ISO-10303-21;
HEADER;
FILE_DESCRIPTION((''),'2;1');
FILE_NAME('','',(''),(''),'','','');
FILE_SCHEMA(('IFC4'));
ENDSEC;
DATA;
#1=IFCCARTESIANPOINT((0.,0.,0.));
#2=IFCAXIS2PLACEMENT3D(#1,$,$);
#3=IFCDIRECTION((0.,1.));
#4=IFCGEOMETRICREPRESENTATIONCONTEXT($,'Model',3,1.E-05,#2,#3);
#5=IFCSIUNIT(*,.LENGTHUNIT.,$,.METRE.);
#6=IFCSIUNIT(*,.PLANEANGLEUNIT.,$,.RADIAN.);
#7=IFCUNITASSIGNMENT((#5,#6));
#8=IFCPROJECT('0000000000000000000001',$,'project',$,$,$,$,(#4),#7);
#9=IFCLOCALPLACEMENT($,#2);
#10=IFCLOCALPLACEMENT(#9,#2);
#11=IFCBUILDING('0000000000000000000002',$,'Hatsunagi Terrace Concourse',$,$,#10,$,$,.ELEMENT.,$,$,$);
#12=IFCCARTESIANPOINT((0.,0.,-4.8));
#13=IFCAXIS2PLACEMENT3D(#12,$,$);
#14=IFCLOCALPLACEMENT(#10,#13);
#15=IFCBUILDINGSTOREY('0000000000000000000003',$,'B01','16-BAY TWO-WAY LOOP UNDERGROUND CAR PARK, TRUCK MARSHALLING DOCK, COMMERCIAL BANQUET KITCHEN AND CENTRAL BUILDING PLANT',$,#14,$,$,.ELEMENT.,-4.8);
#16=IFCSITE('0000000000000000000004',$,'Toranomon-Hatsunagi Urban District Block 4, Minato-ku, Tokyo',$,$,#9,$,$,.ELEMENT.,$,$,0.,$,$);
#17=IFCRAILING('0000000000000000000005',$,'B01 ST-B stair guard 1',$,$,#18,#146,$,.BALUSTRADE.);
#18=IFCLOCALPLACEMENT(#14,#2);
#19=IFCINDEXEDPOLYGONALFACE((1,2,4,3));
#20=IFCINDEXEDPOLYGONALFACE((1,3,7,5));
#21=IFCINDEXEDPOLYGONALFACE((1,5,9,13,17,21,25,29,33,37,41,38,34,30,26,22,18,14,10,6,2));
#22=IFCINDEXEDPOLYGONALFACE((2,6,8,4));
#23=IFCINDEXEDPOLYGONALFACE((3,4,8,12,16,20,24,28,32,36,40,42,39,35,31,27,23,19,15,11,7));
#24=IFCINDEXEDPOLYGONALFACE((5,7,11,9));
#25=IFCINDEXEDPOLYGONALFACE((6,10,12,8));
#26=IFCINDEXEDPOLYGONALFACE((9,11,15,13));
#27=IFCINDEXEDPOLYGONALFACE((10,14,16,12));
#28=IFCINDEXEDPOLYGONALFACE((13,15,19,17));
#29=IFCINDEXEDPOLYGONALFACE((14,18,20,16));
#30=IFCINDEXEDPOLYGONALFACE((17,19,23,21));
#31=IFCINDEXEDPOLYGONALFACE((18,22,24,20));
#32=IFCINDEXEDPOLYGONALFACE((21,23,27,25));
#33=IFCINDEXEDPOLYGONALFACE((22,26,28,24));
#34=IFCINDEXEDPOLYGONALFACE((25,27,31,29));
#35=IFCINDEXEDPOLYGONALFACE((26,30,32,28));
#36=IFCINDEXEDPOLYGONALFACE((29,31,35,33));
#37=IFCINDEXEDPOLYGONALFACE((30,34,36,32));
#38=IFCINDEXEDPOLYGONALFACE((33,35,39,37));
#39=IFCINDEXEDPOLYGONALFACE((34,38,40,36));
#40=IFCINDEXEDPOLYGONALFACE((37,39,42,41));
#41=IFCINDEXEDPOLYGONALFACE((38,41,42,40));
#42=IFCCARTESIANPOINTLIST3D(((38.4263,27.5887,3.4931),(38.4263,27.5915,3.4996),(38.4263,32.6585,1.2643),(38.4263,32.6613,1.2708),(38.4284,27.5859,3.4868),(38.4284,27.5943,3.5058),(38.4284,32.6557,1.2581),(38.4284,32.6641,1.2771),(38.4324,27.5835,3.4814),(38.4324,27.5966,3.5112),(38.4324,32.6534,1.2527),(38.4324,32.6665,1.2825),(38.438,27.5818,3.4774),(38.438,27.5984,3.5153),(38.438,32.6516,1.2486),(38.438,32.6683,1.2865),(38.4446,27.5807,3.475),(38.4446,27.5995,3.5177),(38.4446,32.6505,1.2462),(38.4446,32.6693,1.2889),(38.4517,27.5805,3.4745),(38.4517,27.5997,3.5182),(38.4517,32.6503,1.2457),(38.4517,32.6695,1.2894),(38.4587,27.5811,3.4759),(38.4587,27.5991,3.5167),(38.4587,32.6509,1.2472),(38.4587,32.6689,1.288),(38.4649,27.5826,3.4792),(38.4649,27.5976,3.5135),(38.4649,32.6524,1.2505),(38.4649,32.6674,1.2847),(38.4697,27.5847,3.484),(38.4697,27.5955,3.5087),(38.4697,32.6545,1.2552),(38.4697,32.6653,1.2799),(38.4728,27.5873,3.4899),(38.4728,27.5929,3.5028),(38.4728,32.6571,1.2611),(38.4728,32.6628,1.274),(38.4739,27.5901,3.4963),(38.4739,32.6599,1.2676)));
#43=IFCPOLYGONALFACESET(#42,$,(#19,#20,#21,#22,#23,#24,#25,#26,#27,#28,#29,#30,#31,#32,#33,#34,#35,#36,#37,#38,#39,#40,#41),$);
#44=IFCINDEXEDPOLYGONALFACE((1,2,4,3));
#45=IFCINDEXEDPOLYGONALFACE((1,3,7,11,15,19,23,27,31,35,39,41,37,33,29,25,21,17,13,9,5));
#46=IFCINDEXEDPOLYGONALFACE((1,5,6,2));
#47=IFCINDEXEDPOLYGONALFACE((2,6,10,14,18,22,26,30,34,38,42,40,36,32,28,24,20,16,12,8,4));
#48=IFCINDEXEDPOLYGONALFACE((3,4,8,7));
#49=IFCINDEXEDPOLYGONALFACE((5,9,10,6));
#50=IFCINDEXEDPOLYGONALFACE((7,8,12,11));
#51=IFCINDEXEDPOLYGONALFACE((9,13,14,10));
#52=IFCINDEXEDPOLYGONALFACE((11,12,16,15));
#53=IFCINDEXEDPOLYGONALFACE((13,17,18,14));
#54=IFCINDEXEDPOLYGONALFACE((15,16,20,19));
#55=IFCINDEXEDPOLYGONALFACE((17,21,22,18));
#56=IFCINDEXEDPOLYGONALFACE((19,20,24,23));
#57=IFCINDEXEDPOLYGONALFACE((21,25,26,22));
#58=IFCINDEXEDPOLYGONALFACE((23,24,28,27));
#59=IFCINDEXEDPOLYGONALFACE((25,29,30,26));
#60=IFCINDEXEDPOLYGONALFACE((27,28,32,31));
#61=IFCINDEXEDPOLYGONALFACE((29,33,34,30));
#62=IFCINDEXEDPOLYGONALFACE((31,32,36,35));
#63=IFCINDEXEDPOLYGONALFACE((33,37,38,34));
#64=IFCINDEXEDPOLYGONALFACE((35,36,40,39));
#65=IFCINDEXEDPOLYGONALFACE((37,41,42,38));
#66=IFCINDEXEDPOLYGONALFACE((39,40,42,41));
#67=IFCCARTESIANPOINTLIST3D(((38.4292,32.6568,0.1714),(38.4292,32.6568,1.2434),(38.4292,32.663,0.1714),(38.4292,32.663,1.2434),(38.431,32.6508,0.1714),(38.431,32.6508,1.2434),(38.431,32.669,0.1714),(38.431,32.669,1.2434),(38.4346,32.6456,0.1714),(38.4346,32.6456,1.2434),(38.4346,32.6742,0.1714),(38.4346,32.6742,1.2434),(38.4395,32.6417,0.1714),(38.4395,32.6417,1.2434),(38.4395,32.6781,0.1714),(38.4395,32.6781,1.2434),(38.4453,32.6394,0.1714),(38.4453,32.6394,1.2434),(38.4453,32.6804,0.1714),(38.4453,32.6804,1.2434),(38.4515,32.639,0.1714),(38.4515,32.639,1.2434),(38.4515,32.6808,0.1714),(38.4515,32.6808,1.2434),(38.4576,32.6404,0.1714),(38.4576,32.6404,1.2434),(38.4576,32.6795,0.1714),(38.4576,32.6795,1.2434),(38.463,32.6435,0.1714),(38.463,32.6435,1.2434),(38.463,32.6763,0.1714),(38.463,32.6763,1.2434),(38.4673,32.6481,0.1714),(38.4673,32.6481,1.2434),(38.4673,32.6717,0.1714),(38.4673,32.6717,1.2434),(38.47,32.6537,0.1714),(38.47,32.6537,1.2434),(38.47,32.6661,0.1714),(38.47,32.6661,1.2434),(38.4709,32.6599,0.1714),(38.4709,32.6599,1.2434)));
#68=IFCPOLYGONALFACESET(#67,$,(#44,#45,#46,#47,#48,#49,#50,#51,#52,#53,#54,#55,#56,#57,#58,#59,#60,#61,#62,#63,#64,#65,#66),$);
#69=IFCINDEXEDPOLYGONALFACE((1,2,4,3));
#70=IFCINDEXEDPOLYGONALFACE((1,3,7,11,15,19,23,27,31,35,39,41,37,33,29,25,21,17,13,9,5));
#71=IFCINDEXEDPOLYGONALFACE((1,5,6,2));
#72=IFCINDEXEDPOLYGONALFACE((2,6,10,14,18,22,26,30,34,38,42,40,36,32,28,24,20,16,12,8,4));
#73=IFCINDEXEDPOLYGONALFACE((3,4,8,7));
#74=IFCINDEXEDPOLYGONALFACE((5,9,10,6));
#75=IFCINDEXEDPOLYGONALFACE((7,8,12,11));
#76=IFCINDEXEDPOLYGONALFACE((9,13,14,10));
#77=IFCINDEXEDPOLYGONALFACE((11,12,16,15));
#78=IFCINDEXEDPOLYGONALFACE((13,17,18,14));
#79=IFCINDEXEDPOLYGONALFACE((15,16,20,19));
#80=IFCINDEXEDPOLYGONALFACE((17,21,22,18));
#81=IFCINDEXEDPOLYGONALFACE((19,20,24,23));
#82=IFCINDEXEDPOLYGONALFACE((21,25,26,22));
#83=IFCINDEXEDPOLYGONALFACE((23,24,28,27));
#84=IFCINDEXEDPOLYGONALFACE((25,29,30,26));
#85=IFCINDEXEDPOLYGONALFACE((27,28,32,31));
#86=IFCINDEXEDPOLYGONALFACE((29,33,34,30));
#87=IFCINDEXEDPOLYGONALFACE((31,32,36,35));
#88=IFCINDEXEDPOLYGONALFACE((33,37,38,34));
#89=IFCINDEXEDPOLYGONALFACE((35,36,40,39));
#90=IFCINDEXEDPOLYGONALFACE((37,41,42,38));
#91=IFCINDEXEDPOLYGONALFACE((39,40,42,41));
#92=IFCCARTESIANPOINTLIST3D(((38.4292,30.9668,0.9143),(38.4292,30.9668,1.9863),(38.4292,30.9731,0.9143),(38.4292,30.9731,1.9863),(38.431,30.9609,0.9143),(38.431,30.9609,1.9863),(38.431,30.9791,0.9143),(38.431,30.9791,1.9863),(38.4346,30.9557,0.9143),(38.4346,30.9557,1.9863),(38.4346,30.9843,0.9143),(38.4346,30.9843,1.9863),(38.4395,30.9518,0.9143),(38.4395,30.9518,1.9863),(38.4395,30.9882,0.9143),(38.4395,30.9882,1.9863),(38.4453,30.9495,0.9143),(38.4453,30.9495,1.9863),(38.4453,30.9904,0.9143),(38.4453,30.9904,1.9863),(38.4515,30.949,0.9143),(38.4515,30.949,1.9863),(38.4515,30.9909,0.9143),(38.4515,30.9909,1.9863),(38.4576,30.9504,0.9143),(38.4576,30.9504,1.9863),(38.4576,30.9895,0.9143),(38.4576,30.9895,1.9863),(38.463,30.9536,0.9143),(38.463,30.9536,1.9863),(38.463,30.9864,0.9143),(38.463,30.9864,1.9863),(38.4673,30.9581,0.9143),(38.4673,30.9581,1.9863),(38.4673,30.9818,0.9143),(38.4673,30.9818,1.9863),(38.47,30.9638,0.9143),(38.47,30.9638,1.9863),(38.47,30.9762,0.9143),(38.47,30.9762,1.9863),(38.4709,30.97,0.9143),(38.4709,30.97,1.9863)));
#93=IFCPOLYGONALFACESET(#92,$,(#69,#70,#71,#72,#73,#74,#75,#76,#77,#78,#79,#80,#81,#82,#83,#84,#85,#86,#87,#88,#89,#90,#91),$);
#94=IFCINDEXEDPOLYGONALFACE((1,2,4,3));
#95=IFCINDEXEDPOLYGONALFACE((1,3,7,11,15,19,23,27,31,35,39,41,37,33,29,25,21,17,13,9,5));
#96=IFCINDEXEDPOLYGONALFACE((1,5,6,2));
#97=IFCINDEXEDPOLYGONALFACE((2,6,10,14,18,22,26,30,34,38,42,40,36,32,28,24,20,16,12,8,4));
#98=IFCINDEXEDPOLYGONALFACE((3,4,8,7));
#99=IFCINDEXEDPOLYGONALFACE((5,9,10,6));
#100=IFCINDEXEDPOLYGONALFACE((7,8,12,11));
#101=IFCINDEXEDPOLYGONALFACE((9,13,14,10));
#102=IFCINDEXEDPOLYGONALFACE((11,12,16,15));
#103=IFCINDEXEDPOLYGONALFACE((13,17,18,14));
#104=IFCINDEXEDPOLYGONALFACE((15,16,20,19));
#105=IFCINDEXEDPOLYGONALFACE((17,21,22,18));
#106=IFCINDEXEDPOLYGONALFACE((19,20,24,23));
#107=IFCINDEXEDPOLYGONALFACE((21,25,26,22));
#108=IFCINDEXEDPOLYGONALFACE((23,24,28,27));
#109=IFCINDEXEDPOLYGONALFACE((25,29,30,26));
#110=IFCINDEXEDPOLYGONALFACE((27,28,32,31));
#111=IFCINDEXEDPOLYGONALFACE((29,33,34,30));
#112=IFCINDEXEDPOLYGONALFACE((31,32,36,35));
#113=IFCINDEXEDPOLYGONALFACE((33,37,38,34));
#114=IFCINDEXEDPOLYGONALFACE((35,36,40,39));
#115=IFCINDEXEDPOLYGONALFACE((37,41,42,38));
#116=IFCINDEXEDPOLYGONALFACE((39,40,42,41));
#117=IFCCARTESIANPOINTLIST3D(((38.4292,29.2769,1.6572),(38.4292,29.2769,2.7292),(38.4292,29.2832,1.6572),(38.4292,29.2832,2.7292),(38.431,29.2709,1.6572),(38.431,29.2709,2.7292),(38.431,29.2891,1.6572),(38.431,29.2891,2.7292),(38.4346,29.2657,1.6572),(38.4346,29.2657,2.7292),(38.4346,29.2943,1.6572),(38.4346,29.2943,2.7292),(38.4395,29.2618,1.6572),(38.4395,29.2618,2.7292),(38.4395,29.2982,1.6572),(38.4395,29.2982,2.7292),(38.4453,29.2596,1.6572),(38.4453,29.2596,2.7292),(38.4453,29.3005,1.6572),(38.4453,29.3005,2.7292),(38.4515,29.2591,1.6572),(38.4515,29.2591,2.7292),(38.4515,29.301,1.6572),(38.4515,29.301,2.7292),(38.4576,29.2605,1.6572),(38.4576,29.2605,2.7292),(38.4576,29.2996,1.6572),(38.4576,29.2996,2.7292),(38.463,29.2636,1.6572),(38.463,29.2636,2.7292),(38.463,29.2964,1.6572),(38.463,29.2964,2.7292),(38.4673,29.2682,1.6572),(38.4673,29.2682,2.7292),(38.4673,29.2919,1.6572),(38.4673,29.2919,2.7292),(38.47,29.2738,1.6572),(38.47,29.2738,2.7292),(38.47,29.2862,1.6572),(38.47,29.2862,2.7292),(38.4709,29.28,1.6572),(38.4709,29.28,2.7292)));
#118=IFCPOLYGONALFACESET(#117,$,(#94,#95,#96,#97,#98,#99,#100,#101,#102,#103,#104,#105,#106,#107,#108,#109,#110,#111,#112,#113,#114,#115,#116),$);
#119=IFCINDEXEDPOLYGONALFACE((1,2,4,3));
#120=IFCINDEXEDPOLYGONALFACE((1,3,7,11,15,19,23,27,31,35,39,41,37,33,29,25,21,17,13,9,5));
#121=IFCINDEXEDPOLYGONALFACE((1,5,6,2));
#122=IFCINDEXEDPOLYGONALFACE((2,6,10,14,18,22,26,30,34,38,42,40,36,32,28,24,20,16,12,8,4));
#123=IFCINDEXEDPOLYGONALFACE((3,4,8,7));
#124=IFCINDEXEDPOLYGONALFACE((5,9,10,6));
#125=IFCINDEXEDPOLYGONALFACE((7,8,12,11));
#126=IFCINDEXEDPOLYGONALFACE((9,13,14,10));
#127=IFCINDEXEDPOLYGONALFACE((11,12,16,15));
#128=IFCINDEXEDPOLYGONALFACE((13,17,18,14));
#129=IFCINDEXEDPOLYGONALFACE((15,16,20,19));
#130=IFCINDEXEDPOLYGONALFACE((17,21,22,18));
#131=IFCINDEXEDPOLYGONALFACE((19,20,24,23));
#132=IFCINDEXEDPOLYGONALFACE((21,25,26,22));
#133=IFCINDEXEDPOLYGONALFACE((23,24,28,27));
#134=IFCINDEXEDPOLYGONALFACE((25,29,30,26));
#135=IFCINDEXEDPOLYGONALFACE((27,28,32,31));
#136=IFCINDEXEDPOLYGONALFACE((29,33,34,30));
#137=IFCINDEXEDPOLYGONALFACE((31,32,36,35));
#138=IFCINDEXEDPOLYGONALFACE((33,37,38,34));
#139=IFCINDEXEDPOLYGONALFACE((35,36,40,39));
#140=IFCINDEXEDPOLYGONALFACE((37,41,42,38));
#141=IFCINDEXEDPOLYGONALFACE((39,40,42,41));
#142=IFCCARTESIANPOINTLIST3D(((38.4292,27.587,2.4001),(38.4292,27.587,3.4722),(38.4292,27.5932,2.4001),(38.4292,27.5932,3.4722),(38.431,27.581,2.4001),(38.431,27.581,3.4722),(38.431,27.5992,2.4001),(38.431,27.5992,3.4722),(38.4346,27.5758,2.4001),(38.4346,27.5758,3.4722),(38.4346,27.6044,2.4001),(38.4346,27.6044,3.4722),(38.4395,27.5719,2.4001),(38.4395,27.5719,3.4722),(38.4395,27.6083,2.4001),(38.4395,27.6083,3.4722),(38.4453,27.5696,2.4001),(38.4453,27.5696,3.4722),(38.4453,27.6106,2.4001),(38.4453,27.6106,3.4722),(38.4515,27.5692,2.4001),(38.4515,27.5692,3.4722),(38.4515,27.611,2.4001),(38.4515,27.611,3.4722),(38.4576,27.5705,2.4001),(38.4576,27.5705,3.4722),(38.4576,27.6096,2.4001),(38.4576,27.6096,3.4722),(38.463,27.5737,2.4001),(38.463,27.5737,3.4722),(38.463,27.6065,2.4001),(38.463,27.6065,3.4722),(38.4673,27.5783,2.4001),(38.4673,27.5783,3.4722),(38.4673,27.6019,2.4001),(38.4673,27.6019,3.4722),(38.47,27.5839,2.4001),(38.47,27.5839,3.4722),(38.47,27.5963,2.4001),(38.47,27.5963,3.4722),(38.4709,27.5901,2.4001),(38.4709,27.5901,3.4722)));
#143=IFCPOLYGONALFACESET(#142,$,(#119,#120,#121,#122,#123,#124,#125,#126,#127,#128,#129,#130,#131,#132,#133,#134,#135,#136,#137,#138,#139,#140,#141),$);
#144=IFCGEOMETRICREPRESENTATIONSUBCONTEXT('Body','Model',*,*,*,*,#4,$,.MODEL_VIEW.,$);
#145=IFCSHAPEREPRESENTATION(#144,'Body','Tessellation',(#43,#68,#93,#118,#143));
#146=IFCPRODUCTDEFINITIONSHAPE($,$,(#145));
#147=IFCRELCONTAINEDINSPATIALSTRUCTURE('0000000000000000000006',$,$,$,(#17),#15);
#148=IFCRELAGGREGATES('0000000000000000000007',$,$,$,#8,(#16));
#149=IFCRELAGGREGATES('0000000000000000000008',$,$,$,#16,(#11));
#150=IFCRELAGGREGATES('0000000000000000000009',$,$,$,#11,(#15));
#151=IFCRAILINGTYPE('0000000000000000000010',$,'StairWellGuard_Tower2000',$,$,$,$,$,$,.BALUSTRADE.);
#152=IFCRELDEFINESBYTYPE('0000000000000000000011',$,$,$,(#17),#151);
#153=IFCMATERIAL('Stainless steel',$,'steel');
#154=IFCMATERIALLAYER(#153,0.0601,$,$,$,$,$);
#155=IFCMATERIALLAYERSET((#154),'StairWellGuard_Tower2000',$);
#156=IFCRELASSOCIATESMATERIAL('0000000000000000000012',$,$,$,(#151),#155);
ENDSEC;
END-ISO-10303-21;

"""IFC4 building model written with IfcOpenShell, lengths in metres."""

from ifc_helpers import new_model, si_unit, direction, frame, origin, origin_2d, place, context, subcontext, project, spatial, circle, extrude, material, layer, layer_set, type_object, element, save


model = new_model("IFC4")

# Units and contexts
model_context = context("Model", 3, precision=1e-05, world=origin(), true_north=direction((0.0, 1.0)))
body_context = subcontext(model_context, "Body", "Model", "MODEL_VIEW")
ifc_project = project(units=[si_unit("LENGTHUNIT", "METRE"), si_unit("PLANEANGLEUNIT", "RADIAN")], contexts=[model_context])

# Site, building, storey
site_placement = place(None, origin())
site = spatial("IfcSite", under=ifc_project, at=site_placement, Name="Toranomon-Hatsunagi Urban District Block 4, Minato-ku, Tokyo", CompositionType="ELEMENT", RefElevation=0.0)
building_placement = place(site_placement, origin())
building = spatial("IfcBuilding", under=site, at=building_placement, Name="Hatsunagi Terrace Concourse", CompositionType="ELEMENT")
storey_placement = place(building_placement, frame((0.0, 0.0, -4.8)))
storey = spatial("IfcBuildingStorey", under=building, at=storey_placement, Name="B01", Description="16-BAY TWO-WAY LOOP UNDERGROUND CAR PARK, TRUCK MARSHALLING DOCK, COMMERCIAL BANQUET KITCHEN AND CENTRAL BUILDING PLANT", CompositionType="ELEMENT", Elevation=-4.8)

# Railing
ifc_material_1 = material(Name="Stainless steel", Category="steel")
ifc_layer_1 = layer(ifc_material_1, 0.0601)
ifc_layer_set_1 = layer_set([ifc_layer_1], Name="StairWellGuard_Tower2000")
railing_type_1 = type_object("IfcRailingType", Name="StairWellGuard_Tower2000", PredefinedType="BALUSTRADE", material=ifc_layer_set_1)
railing_1_placement = place(storey_placement, frame((38.45, 32.6599, 0.1714)))
element("IfcRailing", 1, at=railing_1_placement, inside=storey, type_object=railing_type_1, Name="B01 ST-B stair guard 1", PredefinedType="BALUSTRADE", context=body_context, shape_type="SweptSolid", body=[
    extrude(circle(Radius=0.0239, at=origin_2d()), frame((0.0, 0.0, 1.0962), z_axis=(0.0, -0.915446, 0.402442), x_axis=(1.0, 0.0, 0.0)), (0.0, 0.0, 1.0), 5.5381),
    extrude(circle(Radius=0.021, at=origin_2d()), origin(), (0.0, 0.0, 1.0), 1.072),
    extrude(circle(Radius=0.021, at=origin_2d()), frame((0.0, -1.6899, 0.7429)), (0.0, 0.0, 1.0), 1.072),
    extrude(circle(Radius=0.021, at=origin_2d()), frame((0.0, -3.3799, 1.4858)), (0.0, 0.0, 1.0), 1.072),
    extrude(circle(Radius=0.021, at=origin_2d()), frame((0.0, -5.0698, 2.2288)), (0.0, 0.0, 1.0), 1.072),
])

save(model, "model.ifc")
